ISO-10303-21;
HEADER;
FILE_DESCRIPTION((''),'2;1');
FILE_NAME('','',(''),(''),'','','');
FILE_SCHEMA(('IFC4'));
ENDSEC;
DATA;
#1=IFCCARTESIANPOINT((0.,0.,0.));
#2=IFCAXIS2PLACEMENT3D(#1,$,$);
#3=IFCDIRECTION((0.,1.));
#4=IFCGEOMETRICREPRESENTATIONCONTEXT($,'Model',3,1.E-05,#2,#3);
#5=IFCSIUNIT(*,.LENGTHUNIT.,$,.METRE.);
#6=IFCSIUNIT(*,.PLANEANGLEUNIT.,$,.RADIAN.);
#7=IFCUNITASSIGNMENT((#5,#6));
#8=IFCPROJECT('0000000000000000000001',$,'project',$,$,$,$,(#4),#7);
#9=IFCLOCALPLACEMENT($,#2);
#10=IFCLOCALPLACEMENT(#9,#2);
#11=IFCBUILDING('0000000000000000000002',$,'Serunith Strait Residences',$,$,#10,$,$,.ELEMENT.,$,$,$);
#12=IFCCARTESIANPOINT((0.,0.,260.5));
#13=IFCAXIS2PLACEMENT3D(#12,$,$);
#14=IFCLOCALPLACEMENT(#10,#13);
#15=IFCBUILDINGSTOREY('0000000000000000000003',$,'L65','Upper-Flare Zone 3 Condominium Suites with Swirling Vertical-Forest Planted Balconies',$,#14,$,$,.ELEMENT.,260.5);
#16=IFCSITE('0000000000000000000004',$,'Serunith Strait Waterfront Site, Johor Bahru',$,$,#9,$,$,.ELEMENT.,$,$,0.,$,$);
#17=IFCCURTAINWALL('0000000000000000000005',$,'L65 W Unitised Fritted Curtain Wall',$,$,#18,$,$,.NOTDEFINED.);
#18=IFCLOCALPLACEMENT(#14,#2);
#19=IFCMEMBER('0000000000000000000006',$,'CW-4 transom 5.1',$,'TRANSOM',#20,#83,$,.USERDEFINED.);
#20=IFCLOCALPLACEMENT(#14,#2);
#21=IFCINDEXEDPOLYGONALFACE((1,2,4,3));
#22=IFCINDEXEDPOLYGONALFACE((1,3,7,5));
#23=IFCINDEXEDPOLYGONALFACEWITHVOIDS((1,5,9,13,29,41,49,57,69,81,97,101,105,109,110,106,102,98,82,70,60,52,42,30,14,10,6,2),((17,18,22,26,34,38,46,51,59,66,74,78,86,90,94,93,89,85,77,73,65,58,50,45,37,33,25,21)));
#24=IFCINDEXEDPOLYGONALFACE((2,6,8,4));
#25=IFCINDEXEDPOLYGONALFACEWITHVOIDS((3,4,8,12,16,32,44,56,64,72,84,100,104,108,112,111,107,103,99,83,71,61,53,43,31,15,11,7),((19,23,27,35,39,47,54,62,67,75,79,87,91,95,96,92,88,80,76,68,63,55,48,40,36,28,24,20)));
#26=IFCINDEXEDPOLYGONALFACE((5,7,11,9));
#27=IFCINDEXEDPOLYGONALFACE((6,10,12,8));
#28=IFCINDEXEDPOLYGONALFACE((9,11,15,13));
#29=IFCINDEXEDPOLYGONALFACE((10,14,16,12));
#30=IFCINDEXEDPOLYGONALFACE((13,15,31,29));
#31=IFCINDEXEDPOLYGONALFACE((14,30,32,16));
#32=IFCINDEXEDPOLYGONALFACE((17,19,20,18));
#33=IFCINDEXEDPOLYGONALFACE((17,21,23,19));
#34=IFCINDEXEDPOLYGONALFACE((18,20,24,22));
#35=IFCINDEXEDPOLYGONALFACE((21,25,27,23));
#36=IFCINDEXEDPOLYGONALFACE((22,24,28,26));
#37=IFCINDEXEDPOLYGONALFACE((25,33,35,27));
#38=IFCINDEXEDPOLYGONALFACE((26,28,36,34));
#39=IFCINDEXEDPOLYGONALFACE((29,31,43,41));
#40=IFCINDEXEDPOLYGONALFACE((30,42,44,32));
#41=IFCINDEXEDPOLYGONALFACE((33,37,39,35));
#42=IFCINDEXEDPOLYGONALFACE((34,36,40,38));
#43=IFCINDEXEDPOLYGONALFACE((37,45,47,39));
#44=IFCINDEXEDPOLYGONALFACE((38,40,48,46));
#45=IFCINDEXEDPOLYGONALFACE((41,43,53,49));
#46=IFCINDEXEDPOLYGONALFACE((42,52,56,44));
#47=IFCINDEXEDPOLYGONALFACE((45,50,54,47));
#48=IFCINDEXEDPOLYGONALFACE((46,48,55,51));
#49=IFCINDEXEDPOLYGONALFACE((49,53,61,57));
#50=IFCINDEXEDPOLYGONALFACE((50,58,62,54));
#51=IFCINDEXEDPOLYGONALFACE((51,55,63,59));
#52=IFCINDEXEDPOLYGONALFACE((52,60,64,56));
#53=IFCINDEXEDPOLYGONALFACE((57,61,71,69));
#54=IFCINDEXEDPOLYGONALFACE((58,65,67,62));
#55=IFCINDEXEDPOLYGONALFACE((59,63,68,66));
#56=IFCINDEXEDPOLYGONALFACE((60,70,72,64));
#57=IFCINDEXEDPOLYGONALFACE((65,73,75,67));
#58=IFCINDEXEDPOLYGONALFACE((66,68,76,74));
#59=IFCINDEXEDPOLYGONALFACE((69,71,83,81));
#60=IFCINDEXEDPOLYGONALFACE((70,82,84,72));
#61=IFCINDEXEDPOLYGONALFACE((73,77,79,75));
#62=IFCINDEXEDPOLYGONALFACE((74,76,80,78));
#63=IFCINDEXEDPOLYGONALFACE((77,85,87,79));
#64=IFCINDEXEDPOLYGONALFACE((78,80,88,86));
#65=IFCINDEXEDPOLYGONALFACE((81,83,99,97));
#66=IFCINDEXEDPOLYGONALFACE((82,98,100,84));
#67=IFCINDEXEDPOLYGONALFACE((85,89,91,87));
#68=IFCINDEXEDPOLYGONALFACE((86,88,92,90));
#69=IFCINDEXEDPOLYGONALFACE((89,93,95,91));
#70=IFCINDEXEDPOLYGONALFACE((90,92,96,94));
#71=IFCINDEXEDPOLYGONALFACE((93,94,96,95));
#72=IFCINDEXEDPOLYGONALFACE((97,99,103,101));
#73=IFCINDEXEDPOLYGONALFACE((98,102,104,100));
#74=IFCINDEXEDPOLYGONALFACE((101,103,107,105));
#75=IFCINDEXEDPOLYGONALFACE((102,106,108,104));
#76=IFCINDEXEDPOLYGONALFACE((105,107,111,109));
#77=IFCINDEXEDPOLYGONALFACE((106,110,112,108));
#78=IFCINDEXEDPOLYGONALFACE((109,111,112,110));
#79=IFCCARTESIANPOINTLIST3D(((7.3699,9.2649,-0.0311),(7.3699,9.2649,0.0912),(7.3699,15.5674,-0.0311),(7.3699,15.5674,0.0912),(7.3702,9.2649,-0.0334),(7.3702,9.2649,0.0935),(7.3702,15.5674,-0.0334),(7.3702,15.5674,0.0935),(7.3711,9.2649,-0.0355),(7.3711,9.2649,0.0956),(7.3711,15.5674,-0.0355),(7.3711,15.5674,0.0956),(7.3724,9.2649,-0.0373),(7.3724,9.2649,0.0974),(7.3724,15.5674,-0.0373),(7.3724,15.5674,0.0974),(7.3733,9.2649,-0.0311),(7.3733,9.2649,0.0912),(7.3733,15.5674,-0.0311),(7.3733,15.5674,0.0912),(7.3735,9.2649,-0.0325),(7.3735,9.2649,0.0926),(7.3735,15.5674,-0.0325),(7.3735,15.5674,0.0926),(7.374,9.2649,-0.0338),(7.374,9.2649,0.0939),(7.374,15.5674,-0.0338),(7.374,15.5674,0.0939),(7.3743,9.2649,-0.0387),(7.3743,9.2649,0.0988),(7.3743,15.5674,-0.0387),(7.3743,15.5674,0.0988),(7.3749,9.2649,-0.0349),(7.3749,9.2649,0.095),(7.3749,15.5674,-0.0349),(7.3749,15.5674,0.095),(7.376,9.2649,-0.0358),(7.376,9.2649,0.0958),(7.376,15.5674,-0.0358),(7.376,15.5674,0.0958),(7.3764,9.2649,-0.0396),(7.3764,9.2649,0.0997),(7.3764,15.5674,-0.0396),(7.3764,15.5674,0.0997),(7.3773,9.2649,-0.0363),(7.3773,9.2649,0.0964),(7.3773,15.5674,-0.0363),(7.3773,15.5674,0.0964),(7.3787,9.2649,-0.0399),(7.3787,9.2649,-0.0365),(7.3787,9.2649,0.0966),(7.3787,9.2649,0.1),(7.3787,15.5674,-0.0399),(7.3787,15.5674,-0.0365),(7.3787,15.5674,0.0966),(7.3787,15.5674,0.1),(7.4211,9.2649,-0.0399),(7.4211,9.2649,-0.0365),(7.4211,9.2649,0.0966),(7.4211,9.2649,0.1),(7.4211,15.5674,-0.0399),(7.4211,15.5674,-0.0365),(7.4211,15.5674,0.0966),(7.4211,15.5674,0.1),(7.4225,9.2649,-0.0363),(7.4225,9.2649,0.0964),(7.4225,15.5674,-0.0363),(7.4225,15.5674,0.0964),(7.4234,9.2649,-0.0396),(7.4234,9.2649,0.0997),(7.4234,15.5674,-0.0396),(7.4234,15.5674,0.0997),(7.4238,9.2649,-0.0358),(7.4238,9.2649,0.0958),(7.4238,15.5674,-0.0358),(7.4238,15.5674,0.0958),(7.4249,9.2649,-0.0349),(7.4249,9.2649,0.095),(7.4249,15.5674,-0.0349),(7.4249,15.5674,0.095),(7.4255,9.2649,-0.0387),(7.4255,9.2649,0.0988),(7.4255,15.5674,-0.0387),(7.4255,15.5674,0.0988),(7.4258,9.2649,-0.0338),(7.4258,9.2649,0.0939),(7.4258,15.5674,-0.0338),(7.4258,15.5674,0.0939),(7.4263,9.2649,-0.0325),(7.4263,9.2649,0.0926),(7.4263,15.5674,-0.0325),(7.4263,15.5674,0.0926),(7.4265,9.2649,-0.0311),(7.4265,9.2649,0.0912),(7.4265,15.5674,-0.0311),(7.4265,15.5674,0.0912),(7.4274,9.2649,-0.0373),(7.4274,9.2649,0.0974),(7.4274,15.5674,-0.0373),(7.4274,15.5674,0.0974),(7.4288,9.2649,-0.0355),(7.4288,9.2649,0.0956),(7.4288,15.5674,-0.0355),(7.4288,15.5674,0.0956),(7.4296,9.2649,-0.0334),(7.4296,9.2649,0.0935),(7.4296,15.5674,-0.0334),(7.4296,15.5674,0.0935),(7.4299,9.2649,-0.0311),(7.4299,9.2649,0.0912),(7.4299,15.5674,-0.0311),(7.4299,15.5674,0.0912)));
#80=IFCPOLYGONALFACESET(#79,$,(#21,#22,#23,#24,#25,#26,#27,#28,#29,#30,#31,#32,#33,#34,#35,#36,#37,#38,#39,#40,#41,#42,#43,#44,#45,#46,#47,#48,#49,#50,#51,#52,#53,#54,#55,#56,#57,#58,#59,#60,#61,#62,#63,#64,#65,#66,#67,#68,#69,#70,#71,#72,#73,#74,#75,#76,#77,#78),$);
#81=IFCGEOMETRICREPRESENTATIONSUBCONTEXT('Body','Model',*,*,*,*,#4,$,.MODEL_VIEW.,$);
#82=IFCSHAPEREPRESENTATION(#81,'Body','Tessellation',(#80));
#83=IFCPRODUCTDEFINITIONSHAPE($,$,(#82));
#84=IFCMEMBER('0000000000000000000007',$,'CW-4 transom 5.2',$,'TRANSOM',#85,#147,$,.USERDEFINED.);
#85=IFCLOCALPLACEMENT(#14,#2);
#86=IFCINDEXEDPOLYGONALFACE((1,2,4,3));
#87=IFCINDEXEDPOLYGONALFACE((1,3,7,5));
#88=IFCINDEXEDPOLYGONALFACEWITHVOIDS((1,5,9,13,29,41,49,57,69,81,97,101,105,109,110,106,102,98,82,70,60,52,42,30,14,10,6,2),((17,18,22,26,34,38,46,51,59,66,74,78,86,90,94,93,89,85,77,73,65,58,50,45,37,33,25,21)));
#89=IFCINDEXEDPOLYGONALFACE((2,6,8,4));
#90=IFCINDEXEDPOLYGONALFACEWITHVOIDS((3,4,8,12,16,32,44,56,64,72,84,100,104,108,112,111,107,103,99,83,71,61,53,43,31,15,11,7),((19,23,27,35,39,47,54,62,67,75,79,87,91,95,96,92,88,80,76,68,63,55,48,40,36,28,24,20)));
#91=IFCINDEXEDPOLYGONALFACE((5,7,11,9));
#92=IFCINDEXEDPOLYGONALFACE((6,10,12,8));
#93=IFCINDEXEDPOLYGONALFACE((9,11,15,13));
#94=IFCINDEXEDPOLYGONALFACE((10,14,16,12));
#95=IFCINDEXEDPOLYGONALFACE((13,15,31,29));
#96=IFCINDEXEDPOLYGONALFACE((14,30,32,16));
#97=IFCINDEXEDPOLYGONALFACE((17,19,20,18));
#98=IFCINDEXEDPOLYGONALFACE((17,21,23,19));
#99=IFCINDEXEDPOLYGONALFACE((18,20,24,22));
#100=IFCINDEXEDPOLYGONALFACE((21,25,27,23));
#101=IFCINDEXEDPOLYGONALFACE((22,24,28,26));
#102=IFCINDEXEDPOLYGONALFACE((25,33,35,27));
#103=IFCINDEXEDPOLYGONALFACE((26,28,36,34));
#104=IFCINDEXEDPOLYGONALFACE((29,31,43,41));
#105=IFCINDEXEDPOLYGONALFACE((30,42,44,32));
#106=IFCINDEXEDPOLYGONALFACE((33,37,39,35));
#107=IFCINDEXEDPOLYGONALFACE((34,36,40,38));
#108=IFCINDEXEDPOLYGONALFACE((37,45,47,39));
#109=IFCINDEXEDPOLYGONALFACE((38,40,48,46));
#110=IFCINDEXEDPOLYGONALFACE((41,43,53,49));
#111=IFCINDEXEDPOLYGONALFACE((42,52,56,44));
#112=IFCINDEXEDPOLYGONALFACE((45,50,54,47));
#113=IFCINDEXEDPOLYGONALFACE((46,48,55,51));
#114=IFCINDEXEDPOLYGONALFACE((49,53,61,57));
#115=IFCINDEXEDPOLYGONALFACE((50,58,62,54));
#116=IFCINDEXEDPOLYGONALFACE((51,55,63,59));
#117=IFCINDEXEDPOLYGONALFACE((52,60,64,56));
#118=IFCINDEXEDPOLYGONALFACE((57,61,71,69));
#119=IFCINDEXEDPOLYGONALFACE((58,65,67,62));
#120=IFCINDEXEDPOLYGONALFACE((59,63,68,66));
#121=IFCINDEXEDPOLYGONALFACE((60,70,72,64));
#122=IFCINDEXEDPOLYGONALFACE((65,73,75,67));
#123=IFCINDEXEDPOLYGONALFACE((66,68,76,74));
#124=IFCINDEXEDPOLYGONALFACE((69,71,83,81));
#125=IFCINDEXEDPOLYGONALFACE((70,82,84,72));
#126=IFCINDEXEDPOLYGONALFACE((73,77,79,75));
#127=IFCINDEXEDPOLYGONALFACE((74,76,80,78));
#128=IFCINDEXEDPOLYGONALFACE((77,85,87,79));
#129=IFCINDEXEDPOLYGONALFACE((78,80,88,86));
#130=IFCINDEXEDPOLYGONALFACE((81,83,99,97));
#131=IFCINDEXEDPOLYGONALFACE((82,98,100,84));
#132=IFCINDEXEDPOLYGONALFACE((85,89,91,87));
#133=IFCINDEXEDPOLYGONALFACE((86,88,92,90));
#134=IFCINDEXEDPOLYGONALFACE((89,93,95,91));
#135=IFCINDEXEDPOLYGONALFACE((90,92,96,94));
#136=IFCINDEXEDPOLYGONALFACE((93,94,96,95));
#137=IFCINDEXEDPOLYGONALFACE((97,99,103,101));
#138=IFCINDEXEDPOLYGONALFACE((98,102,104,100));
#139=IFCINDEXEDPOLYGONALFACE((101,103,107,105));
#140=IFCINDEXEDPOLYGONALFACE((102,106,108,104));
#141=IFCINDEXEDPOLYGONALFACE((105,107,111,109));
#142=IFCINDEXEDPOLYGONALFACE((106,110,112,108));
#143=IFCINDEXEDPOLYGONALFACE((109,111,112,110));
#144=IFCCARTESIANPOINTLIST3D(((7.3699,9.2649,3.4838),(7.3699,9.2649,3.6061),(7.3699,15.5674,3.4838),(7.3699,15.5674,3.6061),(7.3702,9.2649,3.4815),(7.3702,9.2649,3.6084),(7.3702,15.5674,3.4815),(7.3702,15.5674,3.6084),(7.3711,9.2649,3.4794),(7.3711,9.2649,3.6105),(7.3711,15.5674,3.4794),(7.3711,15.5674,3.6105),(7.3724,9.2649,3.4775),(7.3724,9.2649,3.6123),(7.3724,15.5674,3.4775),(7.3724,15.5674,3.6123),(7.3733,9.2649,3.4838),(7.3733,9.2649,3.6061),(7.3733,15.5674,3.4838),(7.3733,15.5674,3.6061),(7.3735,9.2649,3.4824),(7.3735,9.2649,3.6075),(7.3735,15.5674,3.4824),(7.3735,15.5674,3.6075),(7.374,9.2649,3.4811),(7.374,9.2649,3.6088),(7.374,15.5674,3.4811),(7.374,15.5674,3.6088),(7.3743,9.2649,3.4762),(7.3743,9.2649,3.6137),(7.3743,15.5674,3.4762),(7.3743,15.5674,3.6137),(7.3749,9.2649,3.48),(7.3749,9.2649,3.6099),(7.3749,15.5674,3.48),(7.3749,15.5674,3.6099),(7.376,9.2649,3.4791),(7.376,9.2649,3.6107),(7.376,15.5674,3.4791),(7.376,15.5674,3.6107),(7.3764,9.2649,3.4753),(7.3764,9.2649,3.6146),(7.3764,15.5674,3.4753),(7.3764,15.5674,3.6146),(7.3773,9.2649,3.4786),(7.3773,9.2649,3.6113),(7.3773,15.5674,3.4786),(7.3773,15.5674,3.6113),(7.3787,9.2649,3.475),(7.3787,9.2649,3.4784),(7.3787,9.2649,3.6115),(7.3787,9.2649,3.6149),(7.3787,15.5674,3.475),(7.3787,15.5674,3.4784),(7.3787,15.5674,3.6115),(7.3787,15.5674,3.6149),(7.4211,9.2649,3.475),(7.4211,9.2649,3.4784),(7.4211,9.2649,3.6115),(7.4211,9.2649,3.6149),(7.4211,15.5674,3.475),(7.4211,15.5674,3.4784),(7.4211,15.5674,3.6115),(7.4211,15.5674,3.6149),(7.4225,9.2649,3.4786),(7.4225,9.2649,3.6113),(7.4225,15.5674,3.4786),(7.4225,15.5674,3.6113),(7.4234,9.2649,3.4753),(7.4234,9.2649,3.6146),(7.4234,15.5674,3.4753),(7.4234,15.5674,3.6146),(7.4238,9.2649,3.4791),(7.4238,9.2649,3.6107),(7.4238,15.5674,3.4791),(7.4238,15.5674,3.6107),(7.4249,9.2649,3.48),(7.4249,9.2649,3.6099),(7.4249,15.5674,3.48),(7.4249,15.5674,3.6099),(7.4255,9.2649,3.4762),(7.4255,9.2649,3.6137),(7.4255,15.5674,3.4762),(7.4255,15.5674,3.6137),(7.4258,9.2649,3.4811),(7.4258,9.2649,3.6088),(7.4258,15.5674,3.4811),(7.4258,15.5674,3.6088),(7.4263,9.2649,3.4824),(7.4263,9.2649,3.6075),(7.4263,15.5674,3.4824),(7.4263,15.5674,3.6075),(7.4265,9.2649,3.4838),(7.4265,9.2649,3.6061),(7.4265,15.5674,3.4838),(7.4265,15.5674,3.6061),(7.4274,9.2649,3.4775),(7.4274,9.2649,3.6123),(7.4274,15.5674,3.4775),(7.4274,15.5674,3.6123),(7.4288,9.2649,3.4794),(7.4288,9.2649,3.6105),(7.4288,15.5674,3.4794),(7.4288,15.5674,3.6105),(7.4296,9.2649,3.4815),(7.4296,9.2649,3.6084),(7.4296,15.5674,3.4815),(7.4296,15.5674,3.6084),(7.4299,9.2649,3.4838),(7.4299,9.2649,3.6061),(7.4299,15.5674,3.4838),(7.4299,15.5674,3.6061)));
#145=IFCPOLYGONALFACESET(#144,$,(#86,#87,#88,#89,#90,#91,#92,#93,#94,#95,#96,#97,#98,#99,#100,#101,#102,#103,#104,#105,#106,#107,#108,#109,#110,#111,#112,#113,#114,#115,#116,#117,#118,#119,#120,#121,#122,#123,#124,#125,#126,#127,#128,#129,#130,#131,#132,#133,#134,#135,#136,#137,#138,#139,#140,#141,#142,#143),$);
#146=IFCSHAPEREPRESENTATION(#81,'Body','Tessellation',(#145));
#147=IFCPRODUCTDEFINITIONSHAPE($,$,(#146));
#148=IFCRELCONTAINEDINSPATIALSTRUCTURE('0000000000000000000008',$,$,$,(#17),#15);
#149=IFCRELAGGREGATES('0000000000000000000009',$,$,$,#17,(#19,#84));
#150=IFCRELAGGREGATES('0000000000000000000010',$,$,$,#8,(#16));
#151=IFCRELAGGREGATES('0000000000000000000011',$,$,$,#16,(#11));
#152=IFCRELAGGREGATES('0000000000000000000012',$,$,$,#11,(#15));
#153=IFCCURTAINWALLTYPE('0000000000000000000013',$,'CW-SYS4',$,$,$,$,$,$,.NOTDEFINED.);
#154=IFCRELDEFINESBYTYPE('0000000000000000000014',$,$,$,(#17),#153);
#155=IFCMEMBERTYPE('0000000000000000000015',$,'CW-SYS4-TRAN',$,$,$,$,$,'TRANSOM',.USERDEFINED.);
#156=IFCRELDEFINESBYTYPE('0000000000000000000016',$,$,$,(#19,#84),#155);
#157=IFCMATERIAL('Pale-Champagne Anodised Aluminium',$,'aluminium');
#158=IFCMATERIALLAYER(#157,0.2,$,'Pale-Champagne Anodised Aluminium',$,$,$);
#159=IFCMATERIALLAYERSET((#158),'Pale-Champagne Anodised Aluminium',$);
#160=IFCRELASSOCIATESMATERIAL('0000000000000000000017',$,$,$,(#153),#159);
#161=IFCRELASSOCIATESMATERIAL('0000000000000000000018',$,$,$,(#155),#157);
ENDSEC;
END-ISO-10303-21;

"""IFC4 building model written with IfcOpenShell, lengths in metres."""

from ifc_helpers import new_model, si_unit, direction, frame, origin, origin_2d, place, context, subcontext, project, spatial, hollow_rectangle, extrude, source, transform, mapped, material, layer, layer_set, material_profile, profile_set, type_object, element, aggregate, save


model = new_model("IFC4")

# Units and contexts
model_context = context("Model", 3, precision=1e-05, world=origin(), true_north=direction((0.0, 1.0)))
body_context = subcontext(model_context, "Body", "Model", "MODEL_VIEW")
ifc_project = project(units=[si_unit("LENGTHUNIT", "METRE"), si_unit("PLANEANGLEUNIT", "RADIAN")], contexts=[model_context])

# Site, building, storey
site_placement = place(None, origin())
site = spatial("IfcSite", under=ifc_project, at=site_placement, Name="Serunith Strait Waterfront Site, Johor Bahru", CompositionType="ELEMENT", RefElevation=0.0)
building_placement = place(site_placement, origin())
building = spatial("IfcBuilding", under=site, at=building_placement, Name="Serunith Strait Residences", CompositionType="ELEMENT")
storey_placement = place(building_placement, frame((0.0, 0.0, 260.5)))
storey = spatial("IfcBuildingStorey", under=building, at=storey_placement, Name="L65", Description="Upper-Flare Zone 3 Condominium Suites with Swirling Vertical-Forest Planted Balconies", CompositionType="ELEMENT", Elevation=260.5)

# Curtain wall, members
ifc_material_1 = material(Name="Pale-Champagne Anodised Aluminium", Category="aluminium")
ifc_layer_1 = layer(ifc_material_1, 0.2, Name="Pale-Champagne Anodised Aluminium")
ifc_layer_set_1 = layer_set([ifc_layer_1], Name="Pale-Champagne Anodised Aluminium")
curtain_wall_type = type_object("IfcCurtainWallType", Name="CW-SYS4", PredefinedType="NOTDEFINED", material=ifc_layer_set_1)
curtain_wall_placement = place(storey_placement, origin())
curtain_wall = element("IfcCurtainWall", 1, at=curtain_wall_placement, inside=storey, type_object=curtain_wall_type, Name="L65 W Unitised Fritted Curtain Wall", PredefinedType="NOTDEFINED")
ifc_material_profile_1 = material_profile(ifc_material_1, hollow_rectangle(XDim=0.0601, YDim=0.1399, WallThickness=0.0034, InnerFilletRadius=0.0054, OuterFilletRadius=0.0088, at=origin_2d()), Name="ALU 140x60x3.5")
ifc_profile_set_1 = profile_set([ifc_material_profile_1], Name="Pale-Champagne Anodised Aluminium")
member_type_1 = type_object("IfcMemberType", Name="CW-SYS4-TRAN", ElementType="TRANSOM", PredefinedType="USERDEFINED", material=ifc_profile_set_1)
shared_shape_1 = source(origin(), body_context, "Body", "SweptSolid", [
    extrude(hollow_rectangle(XDim=0.0601, YDim=0.1399, WallThickness=0.0034, InnerFilletRadius=0.0054, OuterFilletRadius=0.0088, at=origin_2d()), origin(), (0.0, 0.0, 1.0), 6.3025),
])
member_1_placement = place(storey_placement, frame((7.3999, 15.5674, 0.03), z_axis=(0.0, -1.0, 0.0), x_axis=(1.0, 0.0, 0.0)))
member_1 = element("IfcMember", 2, at=member_1_placement, type_object=member_type_1, Name="CW-4 transom 5.1", ObjectType="TRANSOM", PredefinedType="USERDEFINED", context=body_context, shape_type="MappedRepresentation", body=[
    mapped(shared_shape_1, transform((0.0, 0.0, 0.0), scale=1.0)),
])
member_2_placement = place(storey_placement, frame((7.3999, 15.5674, 3.5449), z_axis=(0.0, -1.0, 0.0), x_axis=(1.0, 0.0, 0.0)))
member_2 = element("IfcMember", 3, at=member_2_placement, type_object=member_type_1, Name="CW-4 transom 5.2", ObjectType="TRANSOM", PredefinedType="USERDEFINED", context=body_context, shape_type="MappedRepresentation", body=[
    mapped(shared_shape_1, transform((0.0, 0.0, 0.0), scale=1.0)),
])
aggregate(curtain_wall, [member_1, member_2])

save(model, "model.ifc")
